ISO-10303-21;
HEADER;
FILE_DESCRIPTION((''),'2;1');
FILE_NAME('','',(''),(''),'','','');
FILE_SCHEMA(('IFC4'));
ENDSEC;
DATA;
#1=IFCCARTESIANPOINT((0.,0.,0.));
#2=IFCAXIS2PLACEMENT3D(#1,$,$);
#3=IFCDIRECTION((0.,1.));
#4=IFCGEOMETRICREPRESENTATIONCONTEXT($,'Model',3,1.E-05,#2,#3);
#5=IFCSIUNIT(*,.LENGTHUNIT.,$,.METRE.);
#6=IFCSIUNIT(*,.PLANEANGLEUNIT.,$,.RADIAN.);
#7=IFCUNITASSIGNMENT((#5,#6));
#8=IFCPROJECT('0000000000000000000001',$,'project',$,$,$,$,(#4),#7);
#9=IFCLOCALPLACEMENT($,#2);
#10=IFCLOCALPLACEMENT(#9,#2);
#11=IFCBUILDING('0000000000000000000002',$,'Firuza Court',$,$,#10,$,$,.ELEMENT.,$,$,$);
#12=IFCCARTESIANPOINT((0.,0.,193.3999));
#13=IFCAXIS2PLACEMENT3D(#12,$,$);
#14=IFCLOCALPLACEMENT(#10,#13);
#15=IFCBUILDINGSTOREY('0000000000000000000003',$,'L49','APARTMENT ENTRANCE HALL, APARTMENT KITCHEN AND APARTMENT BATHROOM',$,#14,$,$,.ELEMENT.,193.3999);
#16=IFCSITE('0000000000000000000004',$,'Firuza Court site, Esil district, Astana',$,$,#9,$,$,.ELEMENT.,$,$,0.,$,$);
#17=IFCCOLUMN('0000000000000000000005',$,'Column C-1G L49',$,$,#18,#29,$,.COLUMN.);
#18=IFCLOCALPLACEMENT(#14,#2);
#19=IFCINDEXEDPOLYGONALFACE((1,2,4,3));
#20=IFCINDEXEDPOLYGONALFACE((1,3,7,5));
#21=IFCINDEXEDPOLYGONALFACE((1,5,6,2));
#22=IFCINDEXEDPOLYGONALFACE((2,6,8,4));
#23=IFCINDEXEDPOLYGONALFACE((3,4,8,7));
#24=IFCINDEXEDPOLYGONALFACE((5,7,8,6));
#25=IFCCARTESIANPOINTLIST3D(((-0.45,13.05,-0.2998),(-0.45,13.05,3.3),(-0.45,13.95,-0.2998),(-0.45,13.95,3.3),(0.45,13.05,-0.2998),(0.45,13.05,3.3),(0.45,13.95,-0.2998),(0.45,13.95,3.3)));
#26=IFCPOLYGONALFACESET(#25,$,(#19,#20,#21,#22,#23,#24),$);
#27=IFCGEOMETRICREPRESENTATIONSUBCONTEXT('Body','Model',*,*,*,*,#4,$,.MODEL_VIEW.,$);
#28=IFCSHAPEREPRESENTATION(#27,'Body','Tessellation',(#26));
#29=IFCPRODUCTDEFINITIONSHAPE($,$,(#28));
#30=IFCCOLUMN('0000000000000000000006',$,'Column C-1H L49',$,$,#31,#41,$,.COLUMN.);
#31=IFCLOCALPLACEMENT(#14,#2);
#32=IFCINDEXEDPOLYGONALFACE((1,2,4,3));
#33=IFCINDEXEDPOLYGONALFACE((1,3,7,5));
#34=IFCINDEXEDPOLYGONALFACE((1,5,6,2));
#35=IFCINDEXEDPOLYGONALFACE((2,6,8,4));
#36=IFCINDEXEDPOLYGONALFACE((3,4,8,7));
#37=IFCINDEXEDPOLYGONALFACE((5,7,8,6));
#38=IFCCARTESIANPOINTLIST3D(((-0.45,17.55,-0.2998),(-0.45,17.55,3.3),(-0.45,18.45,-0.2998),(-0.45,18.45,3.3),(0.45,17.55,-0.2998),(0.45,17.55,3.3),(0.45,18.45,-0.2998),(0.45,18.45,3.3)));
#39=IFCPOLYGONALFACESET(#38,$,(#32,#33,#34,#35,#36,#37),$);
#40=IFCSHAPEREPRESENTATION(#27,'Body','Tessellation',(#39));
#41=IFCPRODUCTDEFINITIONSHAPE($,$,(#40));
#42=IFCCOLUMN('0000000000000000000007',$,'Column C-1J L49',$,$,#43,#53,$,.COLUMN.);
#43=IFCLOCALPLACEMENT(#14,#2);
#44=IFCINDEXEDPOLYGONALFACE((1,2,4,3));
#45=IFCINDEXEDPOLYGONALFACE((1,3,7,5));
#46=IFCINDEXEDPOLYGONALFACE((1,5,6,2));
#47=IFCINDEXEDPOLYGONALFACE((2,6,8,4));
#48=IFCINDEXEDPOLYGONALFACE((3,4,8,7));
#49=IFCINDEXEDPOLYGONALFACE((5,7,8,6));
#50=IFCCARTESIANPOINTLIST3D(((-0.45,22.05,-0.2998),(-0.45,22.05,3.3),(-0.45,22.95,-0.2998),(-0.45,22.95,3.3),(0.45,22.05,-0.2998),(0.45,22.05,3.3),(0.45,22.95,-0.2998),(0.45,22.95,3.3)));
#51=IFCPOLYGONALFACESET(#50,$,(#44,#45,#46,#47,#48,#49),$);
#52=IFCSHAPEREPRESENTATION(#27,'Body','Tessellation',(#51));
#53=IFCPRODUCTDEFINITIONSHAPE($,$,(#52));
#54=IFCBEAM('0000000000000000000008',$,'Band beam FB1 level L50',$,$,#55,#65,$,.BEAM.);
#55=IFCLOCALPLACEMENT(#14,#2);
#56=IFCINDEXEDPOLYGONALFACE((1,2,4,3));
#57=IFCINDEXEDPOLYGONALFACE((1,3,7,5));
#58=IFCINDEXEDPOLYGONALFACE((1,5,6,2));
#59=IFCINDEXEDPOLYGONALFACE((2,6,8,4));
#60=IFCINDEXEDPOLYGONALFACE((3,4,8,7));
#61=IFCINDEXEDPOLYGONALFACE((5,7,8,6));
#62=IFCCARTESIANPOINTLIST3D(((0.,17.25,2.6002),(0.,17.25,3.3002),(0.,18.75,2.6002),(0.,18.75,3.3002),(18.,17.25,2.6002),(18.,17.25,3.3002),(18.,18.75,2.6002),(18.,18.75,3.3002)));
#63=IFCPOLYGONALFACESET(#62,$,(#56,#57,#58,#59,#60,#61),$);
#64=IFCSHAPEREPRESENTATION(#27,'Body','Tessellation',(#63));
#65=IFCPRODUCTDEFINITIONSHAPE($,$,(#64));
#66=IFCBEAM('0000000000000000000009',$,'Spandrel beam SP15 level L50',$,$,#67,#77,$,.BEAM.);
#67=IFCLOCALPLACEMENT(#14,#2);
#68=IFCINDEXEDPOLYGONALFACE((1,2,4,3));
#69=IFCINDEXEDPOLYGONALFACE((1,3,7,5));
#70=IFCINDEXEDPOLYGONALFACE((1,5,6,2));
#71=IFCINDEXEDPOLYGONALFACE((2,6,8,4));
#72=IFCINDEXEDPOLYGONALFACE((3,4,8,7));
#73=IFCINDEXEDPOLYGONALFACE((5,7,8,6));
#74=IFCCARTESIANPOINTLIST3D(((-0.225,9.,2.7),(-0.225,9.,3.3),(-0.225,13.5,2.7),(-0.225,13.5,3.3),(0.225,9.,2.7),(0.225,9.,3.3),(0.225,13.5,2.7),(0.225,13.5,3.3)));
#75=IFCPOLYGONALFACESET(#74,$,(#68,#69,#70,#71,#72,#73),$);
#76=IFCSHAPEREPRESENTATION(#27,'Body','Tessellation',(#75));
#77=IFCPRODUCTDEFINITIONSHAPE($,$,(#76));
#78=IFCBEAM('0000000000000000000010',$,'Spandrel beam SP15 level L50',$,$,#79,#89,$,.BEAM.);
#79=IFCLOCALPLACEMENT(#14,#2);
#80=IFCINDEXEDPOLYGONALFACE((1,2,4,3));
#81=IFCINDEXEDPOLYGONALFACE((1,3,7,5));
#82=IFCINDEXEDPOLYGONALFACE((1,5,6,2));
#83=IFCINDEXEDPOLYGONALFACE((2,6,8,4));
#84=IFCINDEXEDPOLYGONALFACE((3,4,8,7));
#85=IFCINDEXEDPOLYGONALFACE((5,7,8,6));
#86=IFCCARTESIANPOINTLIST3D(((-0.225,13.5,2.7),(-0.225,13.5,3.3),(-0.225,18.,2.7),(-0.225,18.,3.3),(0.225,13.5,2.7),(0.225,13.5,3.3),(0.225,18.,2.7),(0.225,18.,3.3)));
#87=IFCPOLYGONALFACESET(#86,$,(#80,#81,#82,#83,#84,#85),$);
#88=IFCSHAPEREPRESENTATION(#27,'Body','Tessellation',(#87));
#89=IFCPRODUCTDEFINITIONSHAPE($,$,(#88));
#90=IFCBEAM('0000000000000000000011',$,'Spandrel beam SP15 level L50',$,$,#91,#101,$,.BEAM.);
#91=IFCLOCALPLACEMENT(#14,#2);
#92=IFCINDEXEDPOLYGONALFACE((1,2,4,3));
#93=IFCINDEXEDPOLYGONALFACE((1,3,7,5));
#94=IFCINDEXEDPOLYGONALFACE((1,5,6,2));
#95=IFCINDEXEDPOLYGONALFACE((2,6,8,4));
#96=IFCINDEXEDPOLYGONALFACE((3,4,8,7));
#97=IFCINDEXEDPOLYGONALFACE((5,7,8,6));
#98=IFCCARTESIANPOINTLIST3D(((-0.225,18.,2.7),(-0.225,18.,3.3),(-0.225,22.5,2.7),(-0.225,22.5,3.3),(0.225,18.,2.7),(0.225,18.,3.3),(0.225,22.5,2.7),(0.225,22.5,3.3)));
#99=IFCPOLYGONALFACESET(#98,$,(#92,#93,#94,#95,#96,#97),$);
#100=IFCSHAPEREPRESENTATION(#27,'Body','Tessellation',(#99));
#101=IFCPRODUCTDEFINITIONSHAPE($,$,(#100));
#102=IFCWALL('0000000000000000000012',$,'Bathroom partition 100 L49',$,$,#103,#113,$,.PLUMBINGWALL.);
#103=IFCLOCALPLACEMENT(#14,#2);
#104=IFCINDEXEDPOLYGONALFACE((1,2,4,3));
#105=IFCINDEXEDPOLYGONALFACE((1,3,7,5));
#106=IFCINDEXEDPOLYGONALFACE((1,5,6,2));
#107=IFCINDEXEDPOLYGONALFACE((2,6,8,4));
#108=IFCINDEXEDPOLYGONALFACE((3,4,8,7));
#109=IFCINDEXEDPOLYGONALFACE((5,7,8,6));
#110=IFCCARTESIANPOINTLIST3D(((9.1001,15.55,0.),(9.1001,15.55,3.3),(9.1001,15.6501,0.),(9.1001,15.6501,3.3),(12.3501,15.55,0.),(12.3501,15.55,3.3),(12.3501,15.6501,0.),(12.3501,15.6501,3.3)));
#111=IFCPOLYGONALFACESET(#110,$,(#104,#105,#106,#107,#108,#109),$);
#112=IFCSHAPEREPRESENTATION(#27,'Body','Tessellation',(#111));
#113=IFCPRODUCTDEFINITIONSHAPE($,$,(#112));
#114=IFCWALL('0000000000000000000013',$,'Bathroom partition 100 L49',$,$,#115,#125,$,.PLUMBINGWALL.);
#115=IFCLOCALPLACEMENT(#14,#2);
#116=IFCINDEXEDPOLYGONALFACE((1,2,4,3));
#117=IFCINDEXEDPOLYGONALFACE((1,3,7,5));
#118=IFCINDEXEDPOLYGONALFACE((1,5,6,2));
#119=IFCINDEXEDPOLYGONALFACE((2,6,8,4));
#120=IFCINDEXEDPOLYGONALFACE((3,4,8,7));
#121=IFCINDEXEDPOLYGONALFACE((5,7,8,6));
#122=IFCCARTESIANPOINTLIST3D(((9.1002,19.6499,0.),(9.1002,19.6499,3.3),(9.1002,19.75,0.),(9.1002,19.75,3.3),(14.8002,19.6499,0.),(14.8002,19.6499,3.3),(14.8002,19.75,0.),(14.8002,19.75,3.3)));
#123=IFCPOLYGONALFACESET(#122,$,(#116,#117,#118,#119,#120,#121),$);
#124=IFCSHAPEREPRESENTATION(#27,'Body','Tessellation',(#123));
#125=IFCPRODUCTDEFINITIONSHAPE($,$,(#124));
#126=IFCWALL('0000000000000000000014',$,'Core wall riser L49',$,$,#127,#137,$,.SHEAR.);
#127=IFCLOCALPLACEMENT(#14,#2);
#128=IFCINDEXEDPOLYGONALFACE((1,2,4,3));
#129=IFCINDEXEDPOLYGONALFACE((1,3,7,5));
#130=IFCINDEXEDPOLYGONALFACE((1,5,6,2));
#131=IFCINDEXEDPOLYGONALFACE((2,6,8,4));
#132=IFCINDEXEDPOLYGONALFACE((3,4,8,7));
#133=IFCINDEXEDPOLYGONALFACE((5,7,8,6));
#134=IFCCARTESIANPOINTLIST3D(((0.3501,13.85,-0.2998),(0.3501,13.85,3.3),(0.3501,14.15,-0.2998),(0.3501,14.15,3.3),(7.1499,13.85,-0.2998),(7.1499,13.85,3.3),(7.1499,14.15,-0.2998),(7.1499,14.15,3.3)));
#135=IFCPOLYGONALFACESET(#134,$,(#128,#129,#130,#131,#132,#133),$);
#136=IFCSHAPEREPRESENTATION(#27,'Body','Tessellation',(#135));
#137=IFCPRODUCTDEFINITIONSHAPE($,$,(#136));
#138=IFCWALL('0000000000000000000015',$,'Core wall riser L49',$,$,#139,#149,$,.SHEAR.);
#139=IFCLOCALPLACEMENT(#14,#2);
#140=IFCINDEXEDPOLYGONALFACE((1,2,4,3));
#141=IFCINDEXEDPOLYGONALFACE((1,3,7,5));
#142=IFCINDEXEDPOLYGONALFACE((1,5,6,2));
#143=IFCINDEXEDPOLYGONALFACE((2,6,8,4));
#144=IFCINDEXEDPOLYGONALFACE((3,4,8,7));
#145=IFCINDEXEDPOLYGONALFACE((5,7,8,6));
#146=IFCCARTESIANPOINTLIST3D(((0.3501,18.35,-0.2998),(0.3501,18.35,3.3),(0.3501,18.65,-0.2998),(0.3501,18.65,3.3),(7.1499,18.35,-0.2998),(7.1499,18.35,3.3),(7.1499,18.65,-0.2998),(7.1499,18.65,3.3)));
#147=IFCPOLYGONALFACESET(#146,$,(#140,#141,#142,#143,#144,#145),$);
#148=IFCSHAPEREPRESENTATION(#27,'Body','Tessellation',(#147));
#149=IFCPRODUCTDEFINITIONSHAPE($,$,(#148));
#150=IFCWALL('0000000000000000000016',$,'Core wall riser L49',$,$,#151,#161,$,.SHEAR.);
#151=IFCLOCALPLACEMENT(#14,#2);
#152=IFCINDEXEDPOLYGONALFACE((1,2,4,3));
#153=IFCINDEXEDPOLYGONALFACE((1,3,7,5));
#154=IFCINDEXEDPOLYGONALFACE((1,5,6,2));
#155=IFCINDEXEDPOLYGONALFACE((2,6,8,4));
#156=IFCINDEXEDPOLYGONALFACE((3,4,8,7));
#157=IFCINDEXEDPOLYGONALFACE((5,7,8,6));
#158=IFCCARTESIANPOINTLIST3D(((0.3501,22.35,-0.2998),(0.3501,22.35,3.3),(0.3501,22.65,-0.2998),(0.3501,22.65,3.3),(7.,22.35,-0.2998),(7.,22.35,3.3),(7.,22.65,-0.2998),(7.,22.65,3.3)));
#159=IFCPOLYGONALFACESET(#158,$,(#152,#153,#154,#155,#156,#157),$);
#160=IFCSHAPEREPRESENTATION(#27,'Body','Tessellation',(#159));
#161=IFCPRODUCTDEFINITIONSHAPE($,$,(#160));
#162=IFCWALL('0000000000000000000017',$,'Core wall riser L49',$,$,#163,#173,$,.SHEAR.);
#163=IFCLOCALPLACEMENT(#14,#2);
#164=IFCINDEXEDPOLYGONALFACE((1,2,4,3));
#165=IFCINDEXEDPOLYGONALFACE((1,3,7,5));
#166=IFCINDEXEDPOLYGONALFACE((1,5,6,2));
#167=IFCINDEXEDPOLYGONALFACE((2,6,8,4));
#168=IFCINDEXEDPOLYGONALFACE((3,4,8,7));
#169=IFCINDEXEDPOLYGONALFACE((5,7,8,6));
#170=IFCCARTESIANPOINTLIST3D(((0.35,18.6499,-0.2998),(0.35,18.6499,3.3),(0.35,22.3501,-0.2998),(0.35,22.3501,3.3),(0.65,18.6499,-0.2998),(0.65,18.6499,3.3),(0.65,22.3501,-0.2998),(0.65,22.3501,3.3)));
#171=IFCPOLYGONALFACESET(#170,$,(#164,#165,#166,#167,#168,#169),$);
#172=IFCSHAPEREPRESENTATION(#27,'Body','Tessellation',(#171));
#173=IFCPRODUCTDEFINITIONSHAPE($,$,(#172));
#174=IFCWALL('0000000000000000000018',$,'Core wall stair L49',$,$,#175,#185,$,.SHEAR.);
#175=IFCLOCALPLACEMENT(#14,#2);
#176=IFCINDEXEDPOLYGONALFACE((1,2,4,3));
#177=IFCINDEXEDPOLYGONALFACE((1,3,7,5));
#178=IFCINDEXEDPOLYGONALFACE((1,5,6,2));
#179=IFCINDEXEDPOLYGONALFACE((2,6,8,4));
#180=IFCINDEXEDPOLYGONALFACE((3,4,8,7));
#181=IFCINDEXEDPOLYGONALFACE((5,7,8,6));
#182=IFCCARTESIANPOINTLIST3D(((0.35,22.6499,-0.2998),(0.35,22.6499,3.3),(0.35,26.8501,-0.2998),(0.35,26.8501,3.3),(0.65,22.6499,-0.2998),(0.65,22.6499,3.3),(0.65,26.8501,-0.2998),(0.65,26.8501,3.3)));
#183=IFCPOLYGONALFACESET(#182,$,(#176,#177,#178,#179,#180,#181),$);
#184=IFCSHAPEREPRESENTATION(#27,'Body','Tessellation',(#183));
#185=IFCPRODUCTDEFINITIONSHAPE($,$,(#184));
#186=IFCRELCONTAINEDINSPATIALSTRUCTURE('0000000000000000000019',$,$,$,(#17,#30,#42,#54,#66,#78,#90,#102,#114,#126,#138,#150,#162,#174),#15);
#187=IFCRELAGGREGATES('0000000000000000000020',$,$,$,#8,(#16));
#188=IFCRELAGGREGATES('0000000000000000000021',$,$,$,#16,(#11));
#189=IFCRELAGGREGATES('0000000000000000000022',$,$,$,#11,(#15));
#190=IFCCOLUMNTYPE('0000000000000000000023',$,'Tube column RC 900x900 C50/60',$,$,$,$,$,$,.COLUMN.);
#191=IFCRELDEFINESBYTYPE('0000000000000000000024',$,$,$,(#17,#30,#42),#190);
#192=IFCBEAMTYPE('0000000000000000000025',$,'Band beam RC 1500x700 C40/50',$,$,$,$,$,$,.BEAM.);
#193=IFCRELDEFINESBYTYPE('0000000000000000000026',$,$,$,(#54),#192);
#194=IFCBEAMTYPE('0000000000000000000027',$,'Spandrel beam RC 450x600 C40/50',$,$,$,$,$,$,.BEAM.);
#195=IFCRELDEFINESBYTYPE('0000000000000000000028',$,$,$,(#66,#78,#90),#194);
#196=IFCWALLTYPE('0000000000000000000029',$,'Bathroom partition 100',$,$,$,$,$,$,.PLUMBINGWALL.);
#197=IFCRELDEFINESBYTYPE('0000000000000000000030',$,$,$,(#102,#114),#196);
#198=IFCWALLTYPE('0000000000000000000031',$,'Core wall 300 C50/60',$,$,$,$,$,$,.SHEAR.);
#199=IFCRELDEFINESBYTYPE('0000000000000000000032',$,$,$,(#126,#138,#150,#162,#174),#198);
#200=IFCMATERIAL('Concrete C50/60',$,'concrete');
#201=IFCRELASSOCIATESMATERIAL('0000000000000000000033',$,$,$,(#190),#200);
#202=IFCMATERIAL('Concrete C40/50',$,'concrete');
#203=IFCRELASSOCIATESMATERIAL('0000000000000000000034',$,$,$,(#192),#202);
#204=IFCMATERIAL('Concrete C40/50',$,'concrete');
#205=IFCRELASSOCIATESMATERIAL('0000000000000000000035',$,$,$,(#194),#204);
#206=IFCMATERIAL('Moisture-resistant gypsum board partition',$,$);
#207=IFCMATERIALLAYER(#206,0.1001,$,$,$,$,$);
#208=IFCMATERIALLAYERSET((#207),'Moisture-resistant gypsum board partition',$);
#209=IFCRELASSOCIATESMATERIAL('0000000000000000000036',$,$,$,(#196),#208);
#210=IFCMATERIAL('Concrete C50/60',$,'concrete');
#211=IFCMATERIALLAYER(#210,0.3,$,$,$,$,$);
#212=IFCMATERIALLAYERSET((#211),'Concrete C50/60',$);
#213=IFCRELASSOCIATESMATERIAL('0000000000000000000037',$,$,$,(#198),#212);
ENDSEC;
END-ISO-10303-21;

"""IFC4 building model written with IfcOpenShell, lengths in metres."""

from ifc_helpers import new_model, si_unit, direction, frame, frame_2d, origin, origin_2d, place, context, subcontext, project, spatial, rectangle, extrude, material, layer, layer_set, material_profile, profile_set, type_object, element, save


model = new_model("IFC4")

# Units and contexts
model_context = context("Model", 3, precision=1e-05, world=origin(), true_north=direction((0.0, 1.0)))
body_context = subcontext(model_context, "Body", "Model", "MODEL_VIEW")
ifc_project = project(units=[si_unit("LENGTHUNIT", "METRE"), si_unit("PLANEANGLEUNIT", "RADIAN")], contexts=[model_context])

# Site, building, storey
site_placement = place(None, origin())
site = spatial("IfcSite", under=ifc_project, at=site_placement, Name="Firuza Court site, Esil district, Astana", CompositionType="ELEMENT", RefElevation=0.0)
building_placement = place(site_placement, origin())
building = spatial("IfcBuilding", under=site, at=building_placement, Name="Firuza Court", CompositionType="ELEMENT")
storey_placement = place(building_placement, frame((0.0, 0.0, 193.3999)))
storey = spatial("IfcBuildingStorey", under=building, at=storey_placement, Name="L49", Description="APARTMENT ENTRANCE HALL, APARTMENT KITCHEN AND APARTMENT BATHROOM", CompositionType="ELEMENT", Elevation=193.3999)

# Columns
ifc_material_1 = material(Name="Concrete C50/60", Category="concrete")
ifc_material_profile_1 = material_profile(ifc_material_1, rectangle(XDim=0.8999, YDim=0.8999, at=origin_2d()), Name="RC 900x900")
ifc_profile_set_1 = profile_set([ifc_material_profile_1], Name="Concrete C50/60")
column_type = type_object("IfcColumnType", Name="Tube column RC 900x900 C50/60", PredefinedType="COLUMN", material=ifc_profile_set_1)
for number, where, z_axis, x_axis, name in (
    (1, (0.0, 13.5, -0.2998), (0.0, 0.0, 1.0), (1.0, 0.0, 0.0), "Column C-1G L49"),
    (2, (0.0, 18.0, -0.2998), (0.0, 0.0, 1.0), (1.0, 0.0, 0.0), "Column C-1H L49"),
    (3, (0.0, 22.5, -0.2998), (0.0, 0.0, 1.0), (1.0, 0.0, 0.0), "Column C-1J L49"),
):
    element("IfcColumn", number, at=place(storey_placement, frame(where, z_axis=z_axis, x_axis=x_axis)), inside=storey, type_object=column_type, Name=name, PredefinedType="COLUMN", context=body_context, shape_type="SweptSolid", body=[
        extrude(rectangle(XDim=0.8999, YDim=0.8999, at=origin_2d()), origin(), (0.0, 0.0, 1.0), 3.5999),
    ])

# Beams
ifc_material_2 = material(Name="Concrete C40/50", Category="concrete")
ifc_material_profile_2 = material_profile(ifc_material_2, rectangle(XDim=1.5, YDim=0.7, at=origin_2d()), Name="RC 1500x700")
ifc_profile_set_2 = profile_set([ifc_material_profile_2], Name="Concrete C40/50")
beam_type_1 = type_object("IfcBeamType", Name="Band beam RC 1500x700 C40/50", PredefinedType="BEAM", material=ifc_profile_set_2)
beam_placement = place(storey_placement, frame((0.0, 18.0, 2.9502), z_axis=(1.0, 0.0, 0.0), x_axis=(0.0, 1.0, 0.0)))
element("IfcBeam", 4, at=beam_placement, inside=storey, type_object=beam_type_1, Name="Band beam FB1 level L50", PredefinedType="BEAM", context=body_context, shape_type="SweptSolid", body=[
    extrude(rectangle(XDim=1.5, YDim=0.7, at=origin_2d()), origin(), (0.0, 0.0, 1.0), 18.0),
])
ifc_material_3 = material(Name="Concrete C40/50", Category="concrete")
ifc_material_profile_3 = material_profile(ifc_material_3, rectangle(XDim=0.45, YDim=0.6001, at=origin_2d()), Name="RC 450x600")
ifc_profile_set_3 = profile_set([ifc_material_profile_3], Name="Concrete C40/50")
beam_type_2 = type_object("IfcBeamType", Name="Spandrel beam RC 450x600 C40/50", PredefinedType="BEAM", material=ifc_profile_set_3)
for number, where, z_axis, x_axis, name in (
    (5, (0.0, 13.5, 3.0), (0.0, -1.0, 0.0), (1.0, 0.0, 0.0), "Spandrel beam SP15 level L50"),
    (6, (0.0, 18.0, 3.0), (0.0, -1.0, 0.0), (1.0, 0.0, 0.0), "Spandrel beam SP15 level L50"),
    (7, (0.0, 22.5, 3.0), (0.0, -1.0, 0.0), (1.0, 0.0, 0.0), "Spandrel beam SP15 level L50"),
):
    element("IfcBeam", number, at=place(storey_placement, frame(where, z_axis=z_axis, x_axis=x_axis)), inside=storey, type_object=beam_type_2, Name=name, PredefinedType="BEAM", context=body_context, shape_type="SweptSolid", body=[
        extrude(rectangle(XDim=0.45, YDim=0.6001, at=origin_2d()), origin(), (0.0, 0.0, 1.0), 4.5),
    ])

# Walls
ifc_material_4 = material(Name="Moisture-resistant gypsum board partition")
ifc_layer_1 = layer(ifc_material_4, 0.1001)
ifc_layer_set_1 = layer_set([ifc_layer_1], Name="Moisture-resistant gypsum board partition")
wall_type_1 = type_object("IfcWallType", Name="Bathroom partition 100", PredefinedType="PLUMBINGWALL", material=ifc_layer_set_1)
wall_1_placement = place(storey_placement, frame((9.1001, 15.6001, 0.0), z_axis=(0.0, 0.0, 1.0), x_axis=(1.0, 0.0, 0.0)))
element("IfcWall", 8, at=wall_1_placement, inside=storey, type_object=wall_type_1, Name="Bathroom partition 100 L49", PredefinedType="PLUMBINGWALL", context=body_context, shape_type="SweptSolid", body=[
    extrude(rectangle(XDim=3.25, YDim=0.1001, at=frame_2d((1.625, 0.0))), origin(), (0.0, 0.0, 1.0), 3.3),
])
wall_2_placement = place(storey_placement, frame((9.1001, 19.7, 0.0), z_axis=(0.0, 0.0, 1.0), x_axis=(1.0, 0.0, 0.0)))
element("IfcWall", 9, at=wall_2_placement, inside=storey, type_object=wall_type_1, Name="Bathroom partition 100 L49", PredefinedType="PLUMBINGWALL", context=body_context, shape_type="SweptSolid", body=[
    extrude(rectangle(XDim=5.7, YDim=0.1001, at=frame_2d((2.8501, 0.0))), origin(), (0.0, 0.0, 1.0), 3.3),
])
ifc_material_5 = material(Name="Concrete C50/60", Category="concrete")
ifc_layer_2 = layer(ifc_material_5, 0.3)
ifc_layer_set_2 = layer_set([ifc_layer_2], Name="Concrete C50/60")
wall_type_2 = type_object("IfcWallType", Name="Core wall 300 C50/60", PredefinedType="SHEAR", material=ifc_layer_set_2)
for number, where, z_axis, x_axis, name in (
    (10, (0.3501, 14.0, -0.2998), (0.0, 0.0, 1.0), (1.0, 0.0, 0.0), "Core wall riser L49"),
    (11, (0.3501, 18.5, -0.2998), (0.0, 0.0, 1.0), (1.0, 0.0, 0.0), "Core wall riser L49"),
):
    element("IfcWall", number, at=place(storey_placement, frame(where, z_axis=z_axis, x_axis=x_axis)), inside=storey, type_object=wall_type_2, Name=name, PredefinedType="SHEAR", context=body_context, shape_type="SweptSolid", body=[
        extrude(rectangle(XDim=6.7998, YDim=0.3, at=frame_2d((3.3999, 0.0))), origin(), (0.0, 0.0, 1.0), 3.5999),
    ])
wall_3_placement = place(storey_placement, frame((0.3501, 22.5, -0.2998), z_axis=(0.0, 0.0, 1.0), x_axis=(1.0, 0.0, 0.0)))
element("IfcWall", 12, at=wall_3_placement, inside=storey, type_object=wall_type_2, Name="Core wall riser L49", PredefinedType="SHEAR", context=body_context, shape_type="SweptSolid", body=[
    extrude(rectangle(XDim=6.6499, YDim=0.3, at=frame_2d((3.325, 0.0))), origin(), (0.0, 0.0, 1.0), 3.5999),
])
wall_4_placement = place(storey_placement, frame((0.5, 18.6499, -0.2998), z_axis=(0.0, 0.0, 1.0), x_axis=(0.0, 1.0, 0.0)))
element("IfcWall", 13, at=wall_4_placement, inside=storey, type_object=wall_type_2, Name="Core wall riser L49", PredefinedType="SHEAR", context=body_context, shape_type="SweptSolid", body=[
    extrude(rectangle(XDim=3.7002, YDim=0.3, at=frame_2d((1.8501, 0.0))), origin(), (0.0, 0.0, 1.0), 3.5999),
])
wall_5_placement = place(storey_placement, frame((0.5, 22.6499, -0.2998), z_axis=(0.0, 0.0, 1.0), x_axis=(0.0, 1.0, 0.0)))
element("IfcWall", 14, at=wall_5_placement, inside=storey, type_object=wall_type_2, Name="Core wall stair L49", PredefinedType="SHEAR", context=body_context, shape_type="SweptSolid", body=[
    extrude(rectangle(XDim=4.2002, YDim=0.3, at=frame_2d((2.1001, 0.0))), origin(), (0.0, 0.0, 1.0), 3.5999),
])

save(model, "model.ifc")
